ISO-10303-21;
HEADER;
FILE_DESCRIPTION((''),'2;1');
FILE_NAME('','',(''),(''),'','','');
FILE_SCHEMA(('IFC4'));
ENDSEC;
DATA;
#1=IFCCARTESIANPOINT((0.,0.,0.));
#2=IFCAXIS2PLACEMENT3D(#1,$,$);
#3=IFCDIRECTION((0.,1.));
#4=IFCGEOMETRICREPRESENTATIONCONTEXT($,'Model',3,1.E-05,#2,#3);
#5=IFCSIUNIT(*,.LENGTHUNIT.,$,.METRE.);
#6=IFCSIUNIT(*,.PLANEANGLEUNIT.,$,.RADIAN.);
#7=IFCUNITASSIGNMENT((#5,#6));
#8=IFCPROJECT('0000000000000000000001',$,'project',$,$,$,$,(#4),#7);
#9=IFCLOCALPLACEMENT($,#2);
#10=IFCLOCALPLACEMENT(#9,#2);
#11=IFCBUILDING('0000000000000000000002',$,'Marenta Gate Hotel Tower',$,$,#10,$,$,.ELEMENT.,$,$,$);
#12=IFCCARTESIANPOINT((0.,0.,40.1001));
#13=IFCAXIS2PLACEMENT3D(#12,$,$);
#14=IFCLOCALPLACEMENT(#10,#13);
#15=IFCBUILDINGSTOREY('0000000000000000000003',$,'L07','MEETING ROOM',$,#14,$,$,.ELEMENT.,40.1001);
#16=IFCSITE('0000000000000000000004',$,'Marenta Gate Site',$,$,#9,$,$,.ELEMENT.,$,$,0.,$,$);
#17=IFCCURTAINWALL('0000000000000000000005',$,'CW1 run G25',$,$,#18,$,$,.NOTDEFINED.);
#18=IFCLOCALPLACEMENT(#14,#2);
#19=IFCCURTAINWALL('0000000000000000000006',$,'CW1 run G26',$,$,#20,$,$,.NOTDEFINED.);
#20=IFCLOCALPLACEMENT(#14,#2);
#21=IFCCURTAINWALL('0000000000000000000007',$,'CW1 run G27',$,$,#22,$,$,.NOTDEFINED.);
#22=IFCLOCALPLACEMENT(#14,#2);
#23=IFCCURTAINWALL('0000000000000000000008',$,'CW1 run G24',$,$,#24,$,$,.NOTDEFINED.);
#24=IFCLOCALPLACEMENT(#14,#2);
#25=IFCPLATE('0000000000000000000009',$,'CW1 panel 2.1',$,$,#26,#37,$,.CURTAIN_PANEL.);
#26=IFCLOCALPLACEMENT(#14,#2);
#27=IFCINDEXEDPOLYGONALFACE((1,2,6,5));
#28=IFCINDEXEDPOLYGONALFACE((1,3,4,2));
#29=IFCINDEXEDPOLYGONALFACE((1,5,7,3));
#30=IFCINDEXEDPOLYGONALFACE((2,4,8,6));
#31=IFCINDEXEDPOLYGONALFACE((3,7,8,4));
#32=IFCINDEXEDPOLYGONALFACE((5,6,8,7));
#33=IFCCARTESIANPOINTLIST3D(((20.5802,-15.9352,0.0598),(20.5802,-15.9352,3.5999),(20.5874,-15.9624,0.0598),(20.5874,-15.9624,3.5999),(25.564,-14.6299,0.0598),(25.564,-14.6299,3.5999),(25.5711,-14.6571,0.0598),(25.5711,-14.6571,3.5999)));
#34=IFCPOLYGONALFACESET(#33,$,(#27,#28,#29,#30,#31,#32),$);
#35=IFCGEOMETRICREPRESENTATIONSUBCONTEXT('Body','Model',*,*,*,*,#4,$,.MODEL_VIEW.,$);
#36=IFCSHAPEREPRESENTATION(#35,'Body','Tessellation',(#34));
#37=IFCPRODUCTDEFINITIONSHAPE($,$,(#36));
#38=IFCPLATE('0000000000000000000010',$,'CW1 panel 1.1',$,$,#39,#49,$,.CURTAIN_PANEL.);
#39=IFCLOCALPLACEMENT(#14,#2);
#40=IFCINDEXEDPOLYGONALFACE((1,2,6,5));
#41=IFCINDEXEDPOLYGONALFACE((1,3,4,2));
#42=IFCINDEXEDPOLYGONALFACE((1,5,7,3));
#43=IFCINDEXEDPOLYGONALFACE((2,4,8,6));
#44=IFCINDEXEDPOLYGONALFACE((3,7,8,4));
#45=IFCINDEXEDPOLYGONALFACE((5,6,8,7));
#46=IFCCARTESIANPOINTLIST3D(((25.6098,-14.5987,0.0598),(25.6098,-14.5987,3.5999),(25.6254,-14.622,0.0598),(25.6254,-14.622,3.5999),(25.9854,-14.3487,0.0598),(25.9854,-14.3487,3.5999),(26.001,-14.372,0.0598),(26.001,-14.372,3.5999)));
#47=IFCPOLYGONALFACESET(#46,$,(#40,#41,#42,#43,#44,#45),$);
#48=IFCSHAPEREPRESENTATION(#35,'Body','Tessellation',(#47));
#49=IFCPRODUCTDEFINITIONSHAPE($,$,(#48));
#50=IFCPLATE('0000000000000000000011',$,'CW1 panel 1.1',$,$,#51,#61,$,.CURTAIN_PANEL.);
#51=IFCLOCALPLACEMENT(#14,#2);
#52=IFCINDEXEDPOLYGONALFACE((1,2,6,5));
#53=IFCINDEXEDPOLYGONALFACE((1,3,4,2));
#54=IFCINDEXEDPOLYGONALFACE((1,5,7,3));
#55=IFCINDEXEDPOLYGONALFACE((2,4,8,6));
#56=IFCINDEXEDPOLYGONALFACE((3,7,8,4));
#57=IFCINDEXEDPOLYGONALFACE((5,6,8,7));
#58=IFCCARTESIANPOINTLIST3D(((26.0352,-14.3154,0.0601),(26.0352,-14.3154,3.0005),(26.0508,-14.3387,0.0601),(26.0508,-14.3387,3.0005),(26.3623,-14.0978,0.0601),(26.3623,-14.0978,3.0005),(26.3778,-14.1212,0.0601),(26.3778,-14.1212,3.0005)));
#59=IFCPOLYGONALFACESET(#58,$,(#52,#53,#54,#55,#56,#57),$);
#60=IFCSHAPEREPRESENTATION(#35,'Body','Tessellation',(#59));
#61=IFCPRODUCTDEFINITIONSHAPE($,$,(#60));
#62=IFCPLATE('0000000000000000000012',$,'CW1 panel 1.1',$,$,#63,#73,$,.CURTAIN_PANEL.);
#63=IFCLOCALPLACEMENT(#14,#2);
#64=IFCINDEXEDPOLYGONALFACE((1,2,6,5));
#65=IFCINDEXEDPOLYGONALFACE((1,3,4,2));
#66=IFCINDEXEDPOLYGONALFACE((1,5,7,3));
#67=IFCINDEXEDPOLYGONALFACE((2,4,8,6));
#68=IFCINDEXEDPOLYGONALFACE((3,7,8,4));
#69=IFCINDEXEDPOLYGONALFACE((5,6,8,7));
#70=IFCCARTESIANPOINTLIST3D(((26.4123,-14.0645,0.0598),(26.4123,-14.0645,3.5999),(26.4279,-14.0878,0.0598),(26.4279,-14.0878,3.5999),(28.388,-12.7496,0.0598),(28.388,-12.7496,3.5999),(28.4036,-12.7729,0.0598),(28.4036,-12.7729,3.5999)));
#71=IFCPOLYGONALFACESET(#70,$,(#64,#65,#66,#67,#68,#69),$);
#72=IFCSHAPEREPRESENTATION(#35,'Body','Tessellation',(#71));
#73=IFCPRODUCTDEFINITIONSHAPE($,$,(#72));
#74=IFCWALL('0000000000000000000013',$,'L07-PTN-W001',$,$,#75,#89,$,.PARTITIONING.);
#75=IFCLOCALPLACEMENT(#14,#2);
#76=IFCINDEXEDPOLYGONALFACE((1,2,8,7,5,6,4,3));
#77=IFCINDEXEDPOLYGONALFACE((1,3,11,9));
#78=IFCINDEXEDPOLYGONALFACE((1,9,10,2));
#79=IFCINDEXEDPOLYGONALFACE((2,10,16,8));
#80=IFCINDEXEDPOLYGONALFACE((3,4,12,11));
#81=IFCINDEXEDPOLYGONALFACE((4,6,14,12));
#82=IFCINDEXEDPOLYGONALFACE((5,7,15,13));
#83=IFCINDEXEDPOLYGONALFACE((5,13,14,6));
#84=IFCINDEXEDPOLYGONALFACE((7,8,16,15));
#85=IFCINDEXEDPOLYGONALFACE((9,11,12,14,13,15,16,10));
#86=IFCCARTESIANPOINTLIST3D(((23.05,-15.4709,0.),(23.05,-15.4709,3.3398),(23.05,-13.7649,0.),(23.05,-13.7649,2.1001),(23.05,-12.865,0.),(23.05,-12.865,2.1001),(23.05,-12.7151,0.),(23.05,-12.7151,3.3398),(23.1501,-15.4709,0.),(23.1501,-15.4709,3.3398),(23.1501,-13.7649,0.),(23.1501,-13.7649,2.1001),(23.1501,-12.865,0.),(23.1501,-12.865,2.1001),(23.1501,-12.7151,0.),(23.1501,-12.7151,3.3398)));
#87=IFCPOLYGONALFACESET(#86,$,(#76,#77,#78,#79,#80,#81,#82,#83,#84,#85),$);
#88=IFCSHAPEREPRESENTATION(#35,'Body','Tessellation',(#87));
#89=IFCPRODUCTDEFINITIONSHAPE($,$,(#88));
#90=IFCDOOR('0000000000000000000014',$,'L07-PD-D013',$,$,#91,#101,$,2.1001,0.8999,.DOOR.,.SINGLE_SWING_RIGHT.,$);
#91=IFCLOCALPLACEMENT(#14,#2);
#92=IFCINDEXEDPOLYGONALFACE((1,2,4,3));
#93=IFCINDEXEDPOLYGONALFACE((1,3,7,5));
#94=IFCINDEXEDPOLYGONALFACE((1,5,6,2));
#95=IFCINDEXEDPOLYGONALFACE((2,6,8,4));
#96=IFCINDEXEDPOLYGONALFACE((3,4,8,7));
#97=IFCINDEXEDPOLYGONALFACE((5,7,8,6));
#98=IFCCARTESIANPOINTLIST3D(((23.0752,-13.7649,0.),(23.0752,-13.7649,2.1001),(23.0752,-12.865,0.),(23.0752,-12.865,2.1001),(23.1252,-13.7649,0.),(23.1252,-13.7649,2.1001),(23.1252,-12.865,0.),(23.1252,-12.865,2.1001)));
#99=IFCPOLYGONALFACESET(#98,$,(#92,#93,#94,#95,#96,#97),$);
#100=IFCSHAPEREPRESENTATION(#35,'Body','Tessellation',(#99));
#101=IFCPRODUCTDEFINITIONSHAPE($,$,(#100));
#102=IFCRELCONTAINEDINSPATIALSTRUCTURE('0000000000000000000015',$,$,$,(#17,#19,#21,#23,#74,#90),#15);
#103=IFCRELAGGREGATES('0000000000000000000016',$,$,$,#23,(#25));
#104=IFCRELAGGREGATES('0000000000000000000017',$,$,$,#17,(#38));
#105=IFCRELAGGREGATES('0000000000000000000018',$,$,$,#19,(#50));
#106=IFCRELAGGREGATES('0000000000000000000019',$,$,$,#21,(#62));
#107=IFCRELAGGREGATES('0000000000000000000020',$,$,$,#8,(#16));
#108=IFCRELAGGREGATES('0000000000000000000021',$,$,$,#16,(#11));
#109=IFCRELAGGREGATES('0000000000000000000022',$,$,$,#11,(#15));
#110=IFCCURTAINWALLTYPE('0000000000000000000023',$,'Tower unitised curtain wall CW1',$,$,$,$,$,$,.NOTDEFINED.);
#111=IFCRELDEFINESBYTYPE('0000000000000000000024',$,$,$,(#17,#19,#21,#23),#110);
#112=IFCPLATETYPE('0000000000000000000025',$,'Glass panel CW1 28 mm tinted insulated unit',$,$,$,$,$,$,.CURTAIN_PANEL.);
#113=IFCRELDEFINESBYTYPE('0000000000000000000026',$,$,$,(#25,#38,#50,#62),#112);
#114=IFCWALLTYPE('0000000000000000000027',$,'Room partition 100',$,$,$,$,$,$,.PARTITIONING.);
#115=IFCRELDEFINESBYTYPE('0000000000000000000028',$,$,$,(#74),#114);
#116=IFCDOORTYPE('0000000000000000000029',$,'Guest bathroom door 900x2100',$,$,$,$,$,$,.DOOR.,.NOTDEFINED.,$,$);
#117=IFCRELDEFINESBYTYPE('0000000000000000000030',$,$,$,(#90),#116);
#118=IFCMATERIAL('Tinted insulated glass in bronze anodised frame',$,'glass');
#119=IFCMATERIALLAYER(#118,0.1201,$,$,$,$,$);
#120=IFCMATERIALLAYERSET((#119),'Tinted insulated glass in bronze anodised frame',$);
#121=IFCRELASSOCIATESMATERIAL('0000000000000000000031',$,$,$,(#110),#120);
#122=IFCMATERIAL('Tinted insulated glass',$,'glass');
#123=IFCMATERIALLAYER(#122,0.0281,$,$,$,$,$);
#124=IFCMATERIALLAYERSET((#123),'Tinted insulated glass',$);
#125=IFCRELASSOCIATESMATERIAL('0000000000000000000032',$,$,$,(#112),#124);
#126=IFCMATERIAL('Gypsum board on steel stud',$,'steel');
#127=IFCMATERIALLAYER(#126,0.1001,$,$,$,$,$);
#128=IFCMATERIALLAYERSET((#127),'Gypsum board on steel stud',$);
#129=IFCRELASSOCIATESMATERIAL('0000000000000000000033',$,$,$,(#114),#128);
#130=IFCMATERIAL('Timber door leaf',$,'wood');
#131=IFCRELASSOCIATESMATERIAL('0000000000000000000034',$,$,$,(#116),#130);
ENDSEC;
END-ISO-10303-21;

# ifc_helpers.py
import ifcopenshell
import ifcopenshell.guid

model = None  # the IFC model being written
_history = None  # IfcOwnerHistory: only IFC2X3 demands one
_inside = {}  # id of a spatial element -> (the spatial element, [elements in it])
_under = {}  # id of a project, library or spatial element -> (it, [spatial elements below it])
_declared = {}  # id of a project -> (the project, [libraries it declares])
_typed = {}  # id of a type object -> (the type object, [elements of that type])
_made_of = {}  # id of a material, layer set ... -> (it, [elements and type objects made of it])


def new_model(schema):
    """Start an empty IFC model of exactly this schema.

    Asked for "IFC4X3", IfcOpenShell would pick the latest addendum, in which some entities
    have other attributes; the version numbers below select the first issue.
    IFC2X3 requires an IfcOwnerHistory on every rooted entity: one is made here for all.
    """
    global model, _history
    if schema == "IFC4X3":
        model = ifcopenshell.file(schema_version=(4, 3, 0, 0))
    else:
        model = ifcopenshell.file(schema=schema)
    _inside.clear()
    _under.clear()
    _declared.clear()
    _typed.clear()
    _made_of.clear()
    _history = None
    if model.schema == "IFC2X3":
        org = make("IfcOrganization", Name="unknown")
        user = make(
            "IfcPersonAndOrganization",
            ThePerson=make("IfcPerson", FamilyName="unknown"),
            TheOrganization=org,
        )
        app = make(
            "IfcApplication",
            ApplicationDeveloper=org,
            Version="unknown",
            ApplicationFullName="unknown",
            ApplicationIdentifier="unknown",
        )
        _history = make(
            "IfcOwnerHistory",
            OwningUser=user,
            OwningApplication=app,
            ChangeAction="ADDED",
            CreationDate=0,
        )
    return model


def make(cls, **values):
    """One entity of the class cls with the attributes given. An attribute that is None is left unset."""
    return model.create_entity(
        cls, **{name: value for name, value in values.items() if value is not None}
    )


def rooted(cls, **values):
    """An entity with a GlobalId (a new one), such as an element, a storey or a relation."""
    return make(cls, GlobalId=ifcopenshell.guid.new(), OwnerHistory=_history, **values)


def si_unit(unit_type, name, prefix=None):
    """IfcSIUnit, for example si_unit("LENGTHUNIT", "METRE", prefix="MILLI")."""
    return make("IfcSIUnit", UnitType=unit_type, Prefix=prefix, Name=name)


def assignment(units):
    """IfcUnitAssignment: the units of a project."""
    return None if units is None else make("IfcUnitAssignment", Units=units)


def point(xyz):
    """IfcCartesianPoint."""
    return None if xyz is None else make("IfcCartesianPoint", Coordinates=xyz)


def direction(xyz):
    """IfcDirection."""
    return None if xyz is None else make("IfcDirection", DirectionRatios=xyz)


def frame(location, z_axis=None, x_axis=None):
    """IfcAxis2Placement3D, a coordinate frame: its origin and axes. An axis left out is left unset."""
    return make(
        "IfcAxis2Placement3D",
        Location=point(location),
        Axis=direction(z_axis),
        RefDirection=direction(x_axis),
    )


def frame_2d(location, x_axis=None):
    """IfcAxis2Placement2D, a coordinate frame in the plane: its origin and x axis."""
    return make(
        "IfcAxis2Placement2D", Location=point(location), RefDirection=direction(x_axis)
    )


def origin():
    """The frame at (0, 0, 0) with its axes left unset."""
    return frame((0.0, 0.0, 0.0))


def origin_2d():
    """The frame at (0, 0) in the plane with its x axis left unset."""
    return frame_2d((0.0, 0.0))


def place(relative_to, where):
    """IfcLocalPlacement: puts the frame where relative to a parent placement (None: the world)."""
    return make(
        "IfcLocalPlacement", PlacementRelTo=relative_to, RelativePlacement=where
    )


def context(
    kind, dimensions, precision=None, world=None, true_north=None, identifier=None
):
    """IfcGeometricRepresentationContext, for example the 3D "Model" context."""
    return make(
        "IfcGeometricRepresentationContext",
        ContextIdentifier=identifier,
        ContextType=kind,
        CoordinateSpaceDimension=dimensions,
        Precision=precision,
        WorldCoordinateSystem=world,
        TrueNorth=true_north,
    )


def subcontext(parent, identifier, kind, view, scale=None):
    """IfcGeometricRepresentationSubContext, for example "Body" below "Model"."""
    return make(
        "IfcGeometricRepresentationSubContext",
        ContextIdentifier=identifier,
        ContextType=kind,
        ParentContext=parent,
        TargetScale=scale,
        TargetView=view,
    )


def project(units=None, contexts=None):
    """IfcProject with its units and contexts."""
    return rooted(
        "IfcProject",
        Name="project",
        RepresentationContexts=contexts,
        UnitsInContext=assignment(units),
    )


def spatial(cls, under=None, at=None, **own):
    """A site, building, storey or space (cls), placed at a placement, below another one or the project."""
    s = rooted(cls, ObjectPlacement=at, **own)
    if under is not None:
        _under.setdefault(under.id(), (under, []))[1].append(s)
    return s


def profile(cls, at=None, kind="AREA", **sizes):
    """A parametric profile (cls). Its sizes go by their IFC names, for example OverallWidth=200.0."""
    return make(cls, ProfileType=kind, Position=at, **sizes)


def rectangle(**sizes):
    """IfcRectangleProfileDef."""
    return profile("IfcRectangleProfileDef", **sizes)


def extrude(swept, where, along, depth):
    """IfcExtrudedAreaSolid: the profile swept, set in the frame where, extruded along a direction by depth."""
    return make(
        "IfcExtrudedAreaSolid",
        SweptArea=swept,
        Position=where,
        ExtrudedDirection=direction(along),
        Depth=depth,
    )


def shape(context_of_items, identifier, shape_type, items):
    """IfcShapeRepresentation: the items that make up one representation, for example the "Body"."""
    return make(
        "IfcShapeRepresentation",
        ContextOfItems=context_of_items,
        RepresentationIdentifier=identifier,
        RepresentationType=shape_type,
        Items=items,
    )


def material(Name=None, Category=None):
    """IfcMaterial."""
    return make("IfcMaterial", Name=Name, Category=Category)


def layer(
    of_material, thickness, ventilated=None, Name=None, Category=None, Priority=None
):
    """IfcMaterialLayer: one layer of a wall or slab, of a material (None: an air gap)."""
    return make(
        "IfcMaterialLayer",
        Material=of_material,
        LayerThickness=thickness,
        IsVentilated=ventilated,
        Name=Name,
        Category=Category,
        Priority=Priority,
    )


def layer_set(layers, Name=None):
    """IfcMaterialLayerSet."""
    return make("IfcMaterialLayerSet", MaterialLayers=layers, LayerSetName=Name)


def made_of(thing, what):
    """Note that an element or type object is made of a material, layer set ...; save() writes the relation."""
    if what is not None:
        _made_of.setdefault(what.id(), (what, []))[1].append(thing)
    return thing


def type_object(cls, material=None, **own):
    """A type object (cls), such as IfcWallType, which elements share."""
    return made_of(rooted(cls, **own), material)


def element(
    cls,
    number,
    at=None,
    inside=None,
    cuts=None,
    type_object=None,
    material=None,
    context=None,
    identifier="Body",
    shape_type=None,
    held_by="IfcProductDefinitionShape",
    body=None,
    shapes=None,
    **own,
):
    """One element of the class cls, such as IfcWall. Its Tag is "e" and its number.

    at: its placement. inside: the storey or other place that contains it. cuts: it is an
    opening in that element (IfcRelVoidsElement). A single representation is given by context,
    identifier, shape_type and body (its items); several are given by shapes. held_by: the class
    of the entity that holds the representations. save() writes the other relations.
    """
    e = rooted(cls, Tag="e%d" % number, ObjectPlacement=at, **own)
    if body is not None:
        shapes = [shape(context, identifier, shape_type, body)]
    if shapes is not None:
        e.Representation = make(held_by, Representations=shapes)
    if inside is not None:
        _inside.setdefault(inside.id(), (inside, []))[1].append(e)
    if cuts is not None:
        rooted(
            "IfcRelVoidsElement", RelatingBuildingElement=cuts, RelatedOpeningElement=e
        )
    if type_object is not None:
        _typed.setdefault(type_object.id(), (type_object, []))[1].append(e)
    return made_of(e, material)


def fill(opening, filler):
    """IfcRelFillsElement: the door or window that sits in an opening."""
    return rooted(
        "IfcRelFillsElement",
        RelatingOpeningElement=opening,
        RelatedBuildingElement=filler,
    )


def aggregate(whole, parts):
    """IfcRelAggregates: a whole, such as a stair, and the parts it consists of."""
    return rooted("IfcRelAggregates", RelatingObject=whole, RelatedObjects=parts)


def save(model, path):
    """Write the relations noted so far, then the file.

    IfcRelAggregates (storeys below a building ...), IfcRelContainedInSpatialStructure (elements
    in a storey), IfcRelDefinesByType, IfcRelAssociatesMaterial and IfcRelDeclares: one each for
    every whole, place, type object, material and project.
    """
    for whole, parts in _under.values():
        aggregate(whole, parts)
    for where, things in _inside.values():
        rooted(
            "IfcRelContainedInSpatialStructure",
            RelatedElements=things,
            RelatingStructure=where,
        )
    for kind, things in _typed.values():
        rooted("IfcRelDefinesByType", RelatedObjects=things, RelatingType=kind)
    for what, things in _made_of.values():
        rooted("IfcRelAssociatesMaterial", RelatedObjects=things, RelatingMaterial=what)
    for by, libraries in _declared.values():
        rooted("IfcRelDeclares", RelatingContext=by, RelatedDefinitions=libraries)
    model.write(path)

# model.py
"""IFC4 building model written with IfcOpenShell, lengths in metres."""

from ifc_helpers import new_model, si_unit, direction, frame, frame_2d, origin, origin_2d, place, context, subcontext, project, spatial, rectangle, extrude, material, layer, layer_set, type_object, element, fill, aggregate, save


model = new_model("IFC4")

# Units and contexts
model_context = context("Model", 3, precision=1e-05, world=origin(), true_north=direction((0.0, 1.0)))
body_context = subcontext(model_context, "Body", "Model", "MODEL_VIEW")
ifc_project = project(units=[si_unit("LENGTHUNIT", "METRE"), si_unit("PLANEANGLEUNIT", "RADIAN")], contexts=[model_context])

# Site, building, storey
site_placement = place(None, origin())
site = spatial("IfcSite", under=ifc_project, at=site_placement, Name="Marenta Gate Site", CompositionType="ELEMENT", RefElevation=0.0)
building_placement = place(site_placement, origin())
building = spatial("IfcBuilding", under=site, at=building_placement, Name="Marenta Gate Hotel Tower", CompositionType="ELEMENT")
storey_placement = place(building_placement, frame((0.0, 0.0, 40.1001)))
storey = spatial("IfcBuildingStorey", under=building, at=storey_placement, Name="L07", Description="MEETING ROOM", CompositionType="ELEMENT", Elevation=40.1001)

# Curtain walls
ifc_material_1 = material(Name="Tinted insulated glass in bronze anodised frame", Category="glass")
ifc_layer_1 = layer(ifc_material_1, 0.1201)
ifc_layer_set_1 = layer_set([ifc_layer_1], Name="Tinted insulated glass in bronze anodised frame")
curtain_wall_type = type_object("IfcCurtainWallType", Name="Tower unitised curtain wall CW1", PredefinedType="NOTDEFINED", material=ifc_layer_set_1)
curtain_wall_1_placement = place(storey_placement, origin())
curtain_wall_1 = element("IfcCurtainWall", 1, at=curtain_wall_1_placement, inside=storey, type_object=curtain_wall_type, Name="CW1 run G25", PredefinedType="NOTDEFINED")
curtain_wall_2_placement = place(storey_placement, origin())
curtain_wall_2 = element("IfcCurtainWall", 2, at=curtain_wall_2_placement, inside=storey, type_object=curtain_wall_type, Name="CW1 run G26", PredefinedType="NOTDEFINED")
curtain_wall_3_placement = place(storey_placement, origin())
curtain_wall_3 = element("IfcCurtainWall", 3, at=curtain_wall_3_placement, inside=storey, type_object=curtain_wall_type, Name="CW1 run G27", PredefinedType="NOTDEFINED")

# Curtain wall, plate
curtain_wall_4_placement = place(storey_placement, origin())
curtain_wall_4 = element("IfcCurtainWall", 4, at=curtain_wall_4_placement, inside=storey, type_object=curtain_wall_type, Name="CW1 run G24", PredefinedType="NOTDEFINED")
ifc_material_2 = material(Name="Tinted insulated glass", Category="glass")
ifc_layer_2 = layer(ifc_material_2, 0.0281)
ifc_layer_set_2 = layer_set([ifc_layer_2], Name="Tinted insulated glass")
plate_type = type_object("IfcPlateType", Name="Glass panel CW1 28 mm tinted insulated unit", PredefinedType="CURTAIN_PANEL", material=ifc_layer_set_2)
plate_1_placement = place(storey_placement, frame((23.0757, -15.2961, 0.0598), z_axis=(0.0, 0.0, 1.0), x_axis=(0.967371, 0.253364, 0.0)))
plate_1 = element("IfcPlate", 5, at=plate_1_placement, type_object=plate_type, Name="CW1 panel 2.1", PredefinedType="CURTAIN_PANEL", context=body_context, shape_type="SweptSolid", body=[
    extrude(rectangle(XDim=5.1519, YDim=0.0281, at=origin_2d()), origin(), (0.0, 0.0, 1.0), 3.54),
])
aggregate(curtain_wall_4, [plate_1])

# Plates
plate_2_placement = place(storey_placement, frame((25.8054, -14.4854, 0.0598), z_axis=(0.0, 0.0, 1.0), x_axis=(0.832471, 0.554068, 0.0)))
plate_2 = element("IfcPlate", 6, at=plate_2_placement, type_object=plate_type, Name="CW1 panel 1.1", PredefinedType="CURTAIN_PANEL", context=body_context, shape_type="SweptSolid", body=[
    extrude(rectangle(XDim=0.4512, YDim=0.0281, at=origin_2d()), origin(), (0.0, 0.0, 1.0), 3.54),
])
aggregate(curtain_wall_1, [plate_2])
plate_3_placement = place(storey_placement, frame((26.2065, -14.2183, 0.0601), z_axis=(0.0, 0.0, 1.0), x_axis=(0.832559, 0.553936, 0.0)))
plate_3 = element("IfcPlate", 7, at=plate_3_placement, type_object=plate_type, Name="CW1 panel 1.1", PredefinedType="CURTAIN_PANEL", context=body_context, shape_type="SweptSolid", body=[
    extrude(rectangle(XDim=0.3928, YDim=0.0281, at=origin_2d()), origin(), (0.0, 0.0, 1.0), 2.9404),
])
aggregate(curtain_wall_2, [plate_3])
plate_4_placement = place(storey_placement, frame((27.408, -13.4187, 0.0598), z_axis=(0.0, 0.0, 1.0), x_axis=(0.832486, 0.554046, 0.0)))
plate_4 = element("IfcPlate", 8, at=plate_4_placement, type_object=plate_type, Name="CW1 panel 1.1", PredefinedType="CURTAIN_PANEL", context=body_context, shape_type="SweptSolid", body=[
    extrude(rectangle(XDim=2.3733, YDim=0.0281, at=origin_2d()), origin(), (0.0, 0.0, 1.0), 3.54),
])
aggregate(curtain_wall_3, [plate_4])

# Wall, opening, door
ifc_material_3 = material(Name="Gypsum board on steel stud", Category="steel")
ifc_layer_3 = layer(ifc_material_3, 0.1001)
ifc_layer_set_3 = layer_set([ifc_layer_3], Name="Gypsum board on steel stud")
wall_type = type_object("IfcWallType", Name="Room partition 100", PredefinedType="PARTITIONING", material=ifc_layer_set_3)
wall_placement = place(storey_placement, frame((23.1001, -15.4709, 0.0), z_axis=(0.0, 0.0, 1.0), x_axis=(0.0, 1.0, 0.0)))
wall = element("IfcWall", 9, at=wall_placement, inside=storey, type_object=wall_type, Name="L07-PTN-W001", PredefinedType="PARTITIONING", context=body_context, shape_type="SweptSolid", body=[
    extrude(rectangle(XDim=2.7559, YDim=0.1001, at=frame_2d((1.3779, 0.0))), origin(), (0.0, 0.0, 1.0), 3.3398),
])
opening_placement = place(wall_placement, frame((1.7061, 0.0, 0.0)))
opening = element("IfcOpeningElement", 10, at=opening_placement, cuts=wall, PredefinedType="OPENING", context=body_context, shape_type="SweptSolid", body=[
    extrude(rectangle(XDim=0.8999, YDim=2.1001, at=frame_2d((0.45, 1.05))), frame((0.0, 0.05, 0.0), z_axis=(0.0, -1.0, 0.0), x_axis=(1.0, 0.0, 0.0)), (0.0, 0.0, 1.0), 0.1001),
])
ifc_material_4 = material(Name="Timber door leaf", Category="wood")
door_type = type_object("IfcDoorType", Name="Guest bathroom door 900x2100", OperationType="NOTDEFINED", PredefinedType="DOOR", material=ifc_material_4)
door_placement = place(opening_placement, origin())
door = element("IfcDoor", 11, at=door_placement, inside=storey, type_object=door_type, Name="L07-PD-D013", OperationType="SINGLE_SWING_RIGHT", OverallHeight=2.1001, OverallWidth=0.8999, PredefinedType="DOOR", context=body_context, shape_type="SweptSolid", body=[
    extrude(rectangle(XDim=0.8999, YDim=2.1001, at=frame_2d((0.45, 1.05))), frame((0.0, 0.0249, 0.0), z_axis=(0.0, -1.0, 0.0), x_axis=(1.0, 0.0, 0.0)), (0.0, 0.0, 1.0), 0.05),
])
fill(opening, door)

save(model, "model.ifc")
